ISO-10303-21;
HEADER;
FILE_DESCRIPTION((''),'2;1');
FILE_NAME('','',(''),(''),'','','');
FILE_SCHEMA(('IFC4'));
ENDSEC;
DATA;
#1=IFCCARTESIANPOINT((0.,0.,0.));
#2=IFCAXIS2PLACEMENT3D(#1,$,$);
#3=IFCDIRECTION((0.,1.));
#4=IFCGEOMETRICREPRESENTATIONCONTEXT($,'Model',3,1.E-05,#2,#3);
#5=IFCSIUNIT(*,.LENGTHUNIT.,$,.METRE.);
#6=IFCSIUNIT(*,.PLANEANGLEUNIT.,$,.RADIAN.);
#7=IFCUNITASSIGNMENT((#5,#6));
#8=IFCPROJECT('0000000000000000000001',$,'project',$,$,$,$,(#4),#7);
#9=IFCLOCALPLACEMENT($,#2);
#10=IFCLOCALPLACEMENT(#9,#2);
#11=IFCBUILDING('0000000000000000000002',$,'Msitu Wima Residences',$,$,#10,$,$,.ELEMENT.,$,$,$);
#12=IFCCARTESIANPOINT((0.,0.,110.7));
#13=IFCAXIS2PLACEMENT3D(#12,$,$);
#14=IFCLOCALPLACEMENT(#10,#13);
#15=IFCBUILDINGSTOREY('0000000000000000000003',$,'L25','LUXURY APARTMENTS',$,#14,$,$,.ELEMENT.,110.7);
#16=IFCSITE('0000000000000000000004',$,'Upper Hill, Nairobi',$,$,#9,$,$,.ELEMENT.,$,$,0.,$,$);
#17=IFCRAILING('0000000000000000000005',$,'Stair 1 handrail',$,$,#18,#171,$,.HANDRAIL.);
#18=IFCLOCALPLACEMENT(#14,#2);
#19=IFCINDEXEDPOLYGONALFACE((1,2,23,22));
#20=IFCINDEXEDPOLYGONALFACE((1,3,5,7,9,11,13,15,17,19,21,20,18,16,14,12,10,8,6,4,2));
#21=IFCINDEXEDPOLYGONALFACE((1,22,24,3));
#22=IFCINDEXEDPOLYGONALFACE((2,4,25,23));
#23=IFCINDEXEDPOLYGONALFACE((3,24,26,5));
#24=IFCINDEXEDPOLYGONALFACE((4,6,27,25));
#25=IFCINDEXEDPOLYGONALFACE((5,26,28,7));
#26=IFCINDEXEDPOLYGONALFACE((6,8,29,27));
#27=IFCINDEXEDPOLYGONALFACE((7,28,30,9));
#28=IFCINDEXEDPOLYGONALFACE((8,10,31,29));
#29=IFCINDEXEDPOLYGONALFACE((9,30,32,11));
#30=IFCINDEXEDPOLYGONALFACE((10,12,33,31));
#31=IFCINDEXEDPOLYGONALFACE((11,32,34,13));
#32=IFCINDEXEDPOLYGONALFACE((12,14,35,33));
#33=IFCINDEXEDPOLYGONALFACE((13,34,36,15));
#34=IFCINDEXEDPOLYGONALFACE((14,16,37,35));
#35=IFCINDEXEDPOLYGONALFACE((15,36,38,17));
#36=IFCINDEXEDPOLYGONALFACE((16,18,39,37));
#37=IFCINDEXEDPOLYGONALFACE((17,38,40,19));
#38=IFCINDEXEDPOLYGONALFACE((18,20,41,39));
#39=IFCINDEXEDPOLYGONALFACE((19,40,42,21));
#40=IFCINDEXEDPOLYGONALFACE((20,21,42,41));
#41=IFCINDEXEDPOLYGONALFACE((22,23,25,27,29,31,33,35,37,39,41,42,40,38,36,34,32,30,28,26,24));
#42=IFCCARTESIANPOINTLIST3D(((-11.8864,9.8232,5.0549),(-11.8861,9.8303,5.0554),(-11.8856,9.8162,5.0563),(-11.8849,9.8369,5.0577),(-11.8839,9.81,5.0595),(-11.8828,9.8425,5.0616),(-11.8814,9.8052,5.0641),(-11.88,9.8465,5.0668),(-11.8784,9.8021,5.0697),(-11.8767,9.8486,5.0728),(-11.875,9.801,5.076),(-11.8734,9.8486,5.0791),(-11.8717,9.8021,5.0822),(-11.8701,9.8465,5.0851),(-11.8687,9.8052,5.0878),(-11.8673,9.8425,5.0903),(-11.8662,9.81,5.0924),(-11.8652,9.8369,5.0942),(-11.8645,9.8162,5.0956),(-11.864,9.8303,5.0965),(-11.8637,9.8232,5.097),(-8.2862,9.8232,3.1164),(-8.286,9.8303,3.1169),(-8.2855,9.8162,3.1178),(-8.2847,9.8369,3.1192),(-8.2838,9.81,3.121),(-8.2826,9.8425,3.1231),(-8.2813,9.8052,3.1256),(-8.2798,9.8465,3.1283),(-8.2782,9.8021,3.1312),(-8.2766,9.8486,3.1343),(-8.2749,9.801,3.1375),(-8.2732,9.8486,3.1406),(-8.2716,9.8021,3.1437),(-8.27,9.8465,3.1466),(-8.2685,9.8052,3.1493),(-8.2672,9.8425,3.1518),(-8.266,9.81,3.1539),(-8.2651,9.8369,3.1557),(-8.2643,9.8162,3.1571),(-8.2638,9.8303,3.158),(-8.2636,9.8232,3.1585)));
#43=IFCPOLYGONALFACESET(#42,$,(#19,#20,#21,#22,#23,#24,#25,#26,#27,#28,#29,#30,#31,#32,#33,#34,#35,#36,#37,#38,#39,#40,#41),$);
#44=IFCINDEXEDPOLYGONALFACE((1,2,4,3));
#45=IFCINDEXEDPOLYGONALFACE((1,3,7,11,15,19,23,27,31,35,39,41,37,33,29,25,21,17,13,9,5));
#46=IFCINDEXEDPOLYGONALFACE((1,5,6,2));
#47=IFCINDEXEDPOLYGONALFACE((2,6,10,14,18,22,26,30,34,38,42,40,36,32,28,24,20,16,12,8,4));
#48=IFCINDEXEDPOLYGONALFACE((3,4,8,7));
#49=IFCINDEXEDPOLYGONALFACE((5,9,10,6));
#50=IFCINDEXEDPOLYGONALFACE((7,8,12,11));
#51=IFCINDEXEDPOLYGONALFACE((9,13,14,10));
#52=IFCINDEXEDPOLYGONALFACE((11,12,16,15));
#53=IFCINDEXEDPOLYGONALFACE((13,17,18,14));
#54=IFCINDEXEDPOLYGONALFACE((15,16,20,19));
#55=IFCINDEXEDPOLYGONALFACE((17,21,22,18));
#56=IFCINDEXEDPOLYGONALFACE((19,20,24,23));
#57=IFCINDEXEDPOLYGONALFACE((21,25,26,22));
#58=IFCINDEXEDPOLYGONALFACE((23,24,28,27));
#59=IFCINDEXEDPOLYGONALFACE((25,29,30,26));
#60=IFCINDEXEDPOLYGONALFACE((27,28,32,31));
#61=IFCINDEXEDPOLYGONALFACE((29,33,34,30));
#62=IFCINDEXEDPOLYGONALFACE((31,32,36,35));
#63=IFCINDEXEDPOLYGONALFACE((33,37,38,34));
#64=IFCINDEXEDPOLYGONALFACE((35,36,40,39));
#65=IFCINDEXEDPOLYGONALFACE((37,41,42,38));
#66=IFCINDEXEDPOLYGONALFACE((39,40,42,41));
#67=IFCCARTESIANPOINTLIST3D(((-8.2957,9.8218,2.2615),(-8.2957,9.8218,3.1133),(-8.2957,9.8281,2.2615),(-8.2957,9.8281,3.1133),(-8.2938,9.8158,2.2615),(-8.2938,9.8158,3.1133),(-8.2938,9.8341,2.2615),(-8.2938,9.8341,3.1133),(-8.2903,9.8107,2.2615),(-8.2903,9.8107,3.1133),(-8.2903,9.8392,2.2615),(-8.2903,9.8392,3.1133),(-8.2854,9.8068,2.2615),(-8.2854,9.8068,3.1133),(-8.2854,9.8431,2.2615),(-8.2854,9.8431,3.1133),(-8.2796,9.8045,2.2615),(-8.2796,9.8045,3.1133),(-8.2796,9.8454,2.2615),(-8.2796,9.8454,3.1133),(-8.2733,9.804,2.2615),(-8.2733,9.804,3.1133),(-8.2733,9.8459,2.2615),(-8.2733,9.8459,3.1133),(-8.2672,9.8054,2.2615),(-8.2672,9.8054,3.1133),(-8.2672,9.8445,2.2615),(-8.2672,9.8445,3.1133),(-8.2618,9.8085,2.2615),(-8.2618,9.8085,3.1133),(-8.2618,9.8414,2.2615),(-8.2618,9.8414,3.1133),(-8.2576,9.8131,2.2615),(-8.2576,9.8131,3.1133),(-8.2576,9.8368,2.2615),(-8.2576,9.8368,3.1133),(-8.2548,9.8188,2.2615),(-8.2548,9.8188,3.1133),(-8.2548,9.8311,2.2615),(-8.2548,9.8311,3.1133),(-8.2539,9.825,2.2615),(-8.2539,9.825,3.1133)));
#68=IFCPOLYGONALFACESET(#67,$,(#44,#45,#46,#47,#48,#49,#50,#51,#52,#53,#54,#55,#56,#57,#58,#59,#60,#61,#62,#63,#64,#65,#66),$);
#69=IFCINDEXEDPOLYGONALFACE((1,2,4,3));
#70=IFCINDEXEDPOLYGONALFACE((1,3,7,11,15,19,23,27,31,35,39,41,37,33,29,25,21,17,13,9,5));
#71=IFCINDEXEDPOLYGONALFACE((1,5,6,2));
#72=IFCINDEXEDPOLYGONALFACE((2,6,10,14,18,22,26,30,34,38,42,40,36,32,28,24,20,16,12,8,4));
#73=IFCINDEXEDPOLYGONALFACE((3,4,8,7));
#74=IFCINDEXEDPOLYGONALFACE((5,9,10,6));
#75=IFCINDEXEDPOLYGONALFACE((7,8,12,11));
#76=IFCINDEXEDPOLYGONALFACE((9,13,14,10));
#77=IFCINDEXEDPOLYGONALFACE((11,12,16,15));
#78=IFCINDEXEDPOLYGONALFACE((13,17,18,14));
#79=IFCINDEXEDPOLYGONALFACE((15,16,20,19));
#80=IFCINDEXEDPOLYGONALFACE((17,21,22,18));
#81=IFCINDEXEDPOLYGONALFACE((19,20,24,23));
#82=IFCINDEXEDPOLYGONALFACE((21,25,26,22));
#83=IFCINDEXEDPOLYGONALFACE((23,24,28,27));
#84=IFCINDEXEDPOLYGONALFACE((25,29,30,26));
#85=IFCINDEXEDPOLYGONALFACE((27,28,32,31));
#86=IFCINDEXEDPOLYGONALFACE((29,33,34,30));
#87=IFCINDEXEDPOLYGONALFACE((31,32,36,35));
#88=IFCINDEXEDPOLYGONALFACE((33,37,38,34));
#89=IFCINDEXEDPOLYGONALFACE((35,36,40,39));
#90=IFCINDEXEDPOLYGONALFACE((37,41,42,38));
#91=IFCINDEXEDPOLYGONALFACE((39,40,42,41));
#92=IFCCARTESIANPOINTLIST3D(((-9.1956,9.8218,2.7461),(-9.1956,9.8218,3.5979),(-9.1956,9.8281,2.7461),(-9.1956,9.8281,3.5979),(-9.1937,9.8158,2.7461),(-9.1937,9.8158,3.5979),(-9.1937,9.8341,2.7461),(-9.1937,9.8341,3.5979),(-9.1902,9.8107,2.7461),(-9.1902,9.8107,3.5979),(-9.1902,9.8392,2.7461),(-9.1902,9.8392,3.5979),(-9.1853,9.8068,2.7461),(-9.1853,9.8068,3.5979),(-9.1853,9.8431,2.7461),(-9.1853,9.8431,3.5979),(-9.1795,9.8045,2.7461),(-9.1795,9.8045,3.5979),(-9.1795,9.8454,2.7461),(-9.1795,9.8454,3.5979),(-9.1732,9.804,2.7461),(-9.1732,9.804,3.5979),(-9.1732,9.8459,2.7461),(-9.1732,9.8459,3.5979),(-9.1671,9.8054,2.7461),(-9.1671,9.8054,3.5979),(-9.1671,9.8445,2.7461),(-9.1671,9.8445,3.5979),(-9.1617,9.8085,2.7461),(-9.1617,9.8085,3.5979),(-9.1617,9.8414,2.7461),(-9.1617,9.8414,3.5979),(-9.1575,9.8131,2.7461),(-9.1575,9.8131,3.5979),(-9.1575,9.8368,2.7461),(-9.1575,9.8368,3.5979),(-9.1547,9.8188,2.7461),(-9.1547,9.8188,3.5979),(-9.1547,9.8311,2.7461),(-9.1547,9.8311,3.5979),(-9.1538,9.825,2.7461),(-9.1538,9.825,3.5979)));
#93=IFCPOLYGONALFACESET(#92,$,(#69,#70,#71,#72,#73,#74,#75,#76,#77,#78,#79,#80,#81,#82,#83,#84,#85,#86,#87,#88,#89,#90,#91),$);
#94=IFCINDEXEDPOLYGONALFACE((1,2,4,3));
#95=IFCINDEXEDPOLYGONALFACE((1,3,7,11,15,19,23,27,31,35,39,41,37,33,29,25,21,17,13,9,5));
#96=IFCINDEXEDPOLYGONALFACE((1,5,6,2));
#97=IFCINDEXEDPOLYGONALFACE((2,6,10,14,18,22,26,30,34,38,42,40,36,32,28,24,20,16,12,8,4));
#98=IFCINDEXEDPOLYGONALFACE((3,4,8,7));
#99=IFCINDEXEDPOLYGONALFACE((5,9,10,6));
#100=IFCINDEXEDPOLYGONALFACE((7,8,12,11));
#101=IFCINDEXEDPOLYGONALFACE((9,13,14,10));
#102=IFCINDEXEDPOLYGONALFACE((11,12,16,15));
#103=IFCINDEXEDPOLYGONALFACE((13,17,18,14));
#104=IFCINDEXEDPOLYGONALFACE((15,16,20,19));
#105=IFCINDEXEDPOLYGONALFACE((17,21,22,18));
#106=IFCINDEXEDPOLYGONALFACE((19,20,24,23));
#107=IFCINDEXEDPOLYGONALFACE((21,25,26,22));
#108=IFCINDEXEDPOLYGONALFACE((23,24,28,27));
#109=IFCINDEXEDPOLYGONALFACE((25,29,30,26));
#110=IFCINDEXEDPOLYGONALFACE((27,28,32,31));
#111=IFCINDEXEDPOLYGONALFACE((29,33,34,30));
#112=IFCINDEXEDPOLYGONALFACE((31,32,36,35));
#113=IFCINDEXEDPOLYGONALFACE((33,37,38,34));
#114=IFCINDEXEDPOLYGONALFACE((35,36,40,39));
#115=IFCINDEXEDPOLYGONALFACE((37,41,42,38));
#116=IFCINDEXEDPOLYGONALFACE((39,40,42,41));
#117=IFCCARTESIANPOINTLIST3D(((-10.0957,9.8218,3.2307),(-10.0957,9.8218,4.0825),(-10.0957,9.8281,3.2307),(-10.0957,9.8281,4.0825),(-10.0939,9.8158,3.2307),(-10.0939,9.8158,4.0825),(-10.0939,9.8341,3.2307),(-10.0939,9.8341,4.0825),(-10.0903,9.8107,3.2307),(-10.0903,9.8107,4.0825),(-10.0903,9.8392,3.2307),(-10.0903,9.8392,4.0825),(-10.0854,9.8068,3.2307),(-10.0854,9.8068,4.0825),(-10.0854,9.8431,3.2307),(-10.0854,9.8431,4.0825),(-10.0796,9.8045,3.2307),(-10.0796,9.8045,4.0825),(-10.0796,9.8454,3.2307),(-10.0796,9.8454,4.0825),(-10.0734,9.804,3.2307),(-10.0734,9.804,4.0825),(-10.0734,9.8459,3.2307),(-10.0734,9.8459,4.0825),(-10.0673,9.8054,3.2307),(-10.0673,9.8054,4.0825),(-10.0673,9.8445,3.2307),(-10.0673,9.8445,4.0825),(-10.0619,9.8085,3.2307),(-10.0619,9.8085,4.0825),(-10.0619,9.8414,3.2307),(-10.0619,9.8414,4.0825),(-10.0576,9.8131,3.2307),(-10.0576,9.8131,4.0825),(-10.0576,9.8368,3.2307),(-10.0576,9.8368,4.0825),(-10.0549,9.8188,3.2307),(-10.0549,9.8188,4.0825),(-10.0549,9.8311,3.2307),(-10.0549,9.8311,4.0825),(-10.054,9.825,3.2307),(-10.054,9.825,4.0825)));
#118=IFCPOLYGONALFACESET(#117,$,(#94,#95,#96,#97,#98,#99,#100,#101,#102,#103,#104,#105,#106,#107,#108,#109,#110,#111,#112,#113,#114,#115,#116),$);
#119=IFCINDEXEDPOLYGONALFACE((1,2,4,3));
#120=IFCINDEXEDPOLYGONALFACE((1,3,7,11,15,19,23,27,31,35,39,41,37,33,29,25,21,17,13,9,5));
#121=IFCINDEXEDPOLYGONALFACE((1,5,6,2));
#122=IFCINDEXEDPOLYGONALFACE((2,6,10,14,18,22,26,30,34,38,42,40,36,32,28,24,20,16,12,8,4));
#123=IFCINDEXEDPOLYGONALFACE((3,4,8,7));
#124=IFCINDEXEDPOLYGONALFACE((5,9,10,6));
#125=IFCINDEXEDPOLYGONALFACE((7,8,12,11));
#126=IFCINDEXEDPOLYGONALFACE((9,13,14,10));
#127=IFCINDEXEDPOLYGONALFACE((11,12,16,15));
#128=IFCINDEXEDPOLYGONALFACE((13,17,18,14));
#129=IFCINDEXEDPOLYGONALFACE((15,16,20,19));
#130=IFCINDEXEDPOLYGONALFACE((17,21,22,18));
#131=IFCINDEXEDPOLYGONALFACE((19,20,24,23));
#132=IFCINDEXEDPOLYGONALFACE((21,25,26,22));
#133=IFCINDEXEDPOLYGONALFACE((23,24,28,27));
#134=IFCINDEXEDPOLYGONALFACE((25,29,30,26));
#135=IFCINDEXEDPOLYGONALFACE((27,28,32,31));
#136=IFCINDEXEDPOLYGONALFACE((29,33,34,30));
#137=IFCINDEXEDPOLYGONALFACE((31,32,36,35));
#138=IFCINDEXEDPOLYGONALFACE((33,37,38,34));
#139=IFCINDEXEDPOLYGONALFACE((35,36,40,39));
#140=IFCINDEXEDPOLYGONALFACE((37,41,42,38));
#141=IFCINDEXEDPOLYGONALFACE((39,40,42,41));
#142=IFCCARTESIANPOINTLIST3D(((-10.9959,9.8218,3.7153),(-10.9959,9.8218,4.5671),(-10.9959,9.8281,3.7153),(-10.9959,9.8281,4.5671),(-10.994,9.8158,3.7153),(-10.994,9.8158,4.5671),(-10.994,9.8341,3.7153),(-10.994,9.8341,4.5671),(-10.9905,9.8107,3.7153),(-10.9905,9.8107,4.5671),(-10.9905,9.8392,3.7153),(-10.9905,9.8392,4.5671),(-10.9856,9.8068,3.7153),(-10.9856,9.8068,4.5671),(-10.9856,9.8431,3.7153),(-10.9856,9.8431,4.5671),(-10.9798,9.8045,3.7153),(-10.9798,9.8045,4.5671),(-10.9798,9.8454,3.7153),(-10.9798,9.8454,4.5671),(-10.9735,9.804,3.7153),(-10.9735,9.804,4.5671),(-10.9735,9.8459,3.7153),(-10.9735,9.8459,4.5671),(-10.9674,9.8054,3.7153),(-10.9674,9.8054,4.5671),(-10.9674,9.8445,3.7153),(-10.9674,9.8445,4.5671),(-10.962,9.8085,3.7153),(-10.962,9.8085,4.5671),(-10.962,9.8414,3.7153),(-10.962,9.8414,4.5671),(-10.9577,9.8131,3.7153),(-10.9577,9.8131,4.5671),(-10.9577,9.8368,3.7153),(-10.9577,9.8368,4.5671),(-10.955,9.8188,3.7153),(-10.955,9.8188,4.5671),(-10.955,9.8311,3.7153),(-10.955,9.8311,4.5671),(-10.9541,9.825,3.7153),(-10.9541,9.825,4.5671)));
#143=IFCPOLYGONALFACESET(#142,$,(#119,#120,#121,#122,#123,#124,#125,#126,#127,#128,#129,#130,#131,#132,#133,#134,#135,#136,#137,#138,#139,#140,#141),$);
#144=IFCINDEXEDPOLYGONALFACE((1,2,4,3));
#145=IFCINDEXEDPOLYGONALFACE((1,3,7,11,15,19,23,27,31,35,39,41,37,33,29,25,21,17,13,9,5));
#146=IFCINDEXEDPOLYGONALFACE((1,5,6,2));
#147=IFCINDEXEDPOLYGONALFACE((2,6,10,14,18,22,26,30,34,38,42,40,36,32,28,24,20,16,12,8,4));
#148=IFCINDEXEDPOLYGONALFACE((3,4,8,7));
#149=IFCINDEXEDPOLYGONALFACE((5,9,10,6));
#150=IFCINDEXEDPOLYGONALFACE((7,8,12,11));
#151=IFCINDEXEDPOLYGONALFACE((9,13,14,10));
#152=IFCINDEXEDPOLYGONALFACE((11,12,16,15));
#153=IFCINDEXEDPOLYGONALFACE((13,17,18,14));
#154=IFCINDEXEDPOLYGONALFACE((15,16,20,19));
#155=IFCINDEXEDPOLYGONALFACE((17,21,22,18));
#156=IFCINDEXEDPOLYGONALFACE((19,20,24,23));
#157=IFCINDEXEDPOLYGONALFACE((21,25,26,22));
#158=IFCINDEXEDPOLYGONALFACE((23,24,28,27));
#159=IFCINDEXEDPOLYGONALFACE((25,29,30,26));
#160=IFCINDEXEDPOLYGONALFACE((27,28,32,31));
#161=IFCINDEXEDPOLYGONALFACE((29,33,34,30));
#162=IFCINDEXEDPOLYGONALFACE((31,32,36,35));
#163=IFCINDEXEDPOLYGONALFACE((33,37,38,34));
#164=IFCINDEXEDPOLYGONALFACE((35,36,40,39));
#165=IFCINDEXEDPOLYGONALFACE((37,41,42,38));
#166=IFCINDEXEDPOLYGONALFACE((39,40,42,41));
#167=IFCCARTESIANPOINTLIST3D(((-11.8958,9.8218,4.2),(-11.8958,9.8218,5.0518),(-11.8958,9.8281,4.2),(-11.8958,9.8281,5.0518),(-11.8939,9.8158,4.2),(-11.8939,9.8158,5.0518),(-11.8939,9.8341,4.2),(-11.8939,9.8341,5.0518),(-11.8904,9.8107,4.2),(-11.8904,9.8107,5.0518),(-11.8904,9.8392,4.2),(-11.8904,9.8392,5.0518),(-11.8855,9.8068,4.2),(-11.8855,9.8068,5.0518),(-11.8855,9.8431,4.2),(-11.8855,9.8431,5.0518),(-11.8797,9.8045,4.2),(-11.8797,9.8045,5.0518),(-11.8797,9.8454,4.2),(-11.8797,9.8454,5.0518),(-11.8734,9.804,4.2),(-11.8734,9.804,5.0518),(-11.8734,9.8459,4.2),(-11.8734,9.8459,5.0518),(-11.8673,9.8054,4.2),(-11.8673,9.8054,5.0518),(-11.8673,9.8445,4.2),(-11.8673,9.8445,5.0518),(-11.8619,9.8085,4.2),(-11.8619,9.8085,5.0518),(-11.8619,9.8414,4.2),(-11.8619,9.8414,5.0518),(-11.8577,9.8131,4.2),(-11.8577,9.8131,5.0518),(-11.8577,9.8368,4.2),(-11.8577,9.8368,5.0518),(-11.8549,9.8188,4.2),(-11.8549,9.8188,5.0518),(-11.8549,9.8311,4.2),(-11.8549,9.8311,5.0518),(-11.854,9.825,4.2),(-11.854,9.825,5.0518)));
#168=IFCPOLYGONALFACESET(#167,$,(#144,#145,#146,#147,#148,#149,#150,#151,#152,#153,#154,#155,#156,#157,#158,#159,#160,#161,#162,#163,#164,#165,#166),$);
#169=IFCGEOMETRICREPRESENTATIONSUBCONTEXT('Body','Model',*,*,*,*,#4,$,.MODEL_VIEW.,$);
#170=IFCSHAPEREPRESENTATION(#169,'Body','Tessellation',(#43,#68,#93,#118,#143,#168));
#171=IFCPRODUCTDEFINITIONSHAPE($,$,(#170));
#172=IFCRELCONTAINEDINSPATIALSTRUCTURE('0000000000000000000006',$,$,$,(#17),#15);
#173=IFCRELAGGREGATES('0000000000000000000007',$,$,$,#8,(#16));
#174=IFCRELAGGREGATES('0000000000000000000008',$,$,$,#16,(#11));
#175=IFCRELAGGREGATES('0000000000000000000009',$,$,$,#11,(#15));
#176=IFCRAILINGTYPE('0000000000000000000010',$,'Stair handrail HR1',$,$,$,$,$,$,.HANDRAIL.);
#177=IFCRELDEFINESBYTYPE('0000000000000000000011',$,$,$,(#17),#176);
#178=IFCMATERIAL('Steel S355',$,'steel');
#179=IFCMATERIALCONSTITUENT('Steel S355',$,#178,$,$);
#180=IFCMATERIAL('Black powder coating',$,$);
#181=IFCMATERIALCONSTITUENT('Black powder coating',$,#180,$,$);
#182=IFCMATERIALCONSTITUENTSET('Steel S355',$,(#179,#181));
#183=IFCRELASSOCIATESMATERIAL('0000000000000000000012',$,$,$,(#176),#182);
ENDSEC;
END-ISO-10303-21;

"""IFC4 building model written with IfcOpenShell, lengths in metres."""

from ifc_helpers import new_model, si_unit, direction, frame, origin, origin_2d, place, context, subcontext, project, spatial, circle, extrude, material, constituent, constituent_set, type_object, element, save


model = new_model("IFC4")

# Units and contexts
model_context = context("Model", 3, precision=1e-05, world=origin(), true_north=direction((0.0, 1.0)))
body_context = subcontext(model_context, "Body", "Model", "MODEL_VIEW")
ifc_project = project(units=[si_unit("LENGTHUNIT", "METRE"), si_unit("PLANEANGLEUNIT", "RADIAN")], contexts=[model_context])

# Site, building, storey
site_placement = place(None, origin())
site = spatial("IfcSite", under=ifc_project, at=site_placement, Name="Upper Hill, Nairobi", CompositionType="ELEMENT", RefElevation=0.0)
building_placement = place(site_placement, origin())
building = spatial("IfcBuilding", under=site, at=building_placement, Name="Msitu Wima Residences", CompositionType="ELEMENT")
storey_placement = place(building_placement, frame((0.0, 0.0, 110.7)))
storey = spatial("IfcBuildingStorey", under=building, at=storey_placement, Name="L25", Description="LUXURY APARTMENTS", CompositionType="ELEMENT", Elevation=110.7)

# Railing
ifc_material_1 = material(Name="Steel S355", Category="steel")
ifc_constituent_1 = constituent(ifc_material_1, Name="Steel S355")
ifc_material_2 = material(Name="Black powder coating")
ifc_constituent_2 = constituent(ifc_material_2, Name="Black powder coating")
ifc_constituent_set = constituent_set(constituents=[ifc_constituent_1, ifc_constituent_2], Name="Steel S355")
railing_type = type_object("IfcRailingType", Name="Stair handrail HR1", PredefinedType="HANDRAIL", material=ifc_constituent_set)
railing_placement = place(storey_placement, frame((-8.2749, 9.825, 2.2615)))
element("IfcRailing", 1, at=railing_placement, inside=storey, type_object=railing_type, Name="Stair 1 handrail", PredefinedType="HANDRAIL", context=body_context, shape_type="SweptSolid", body=[
    extrude(circle(Radius=0.0239, at=origin_2d()), frame((0.0, 0.0, 0.876), z_axis=(-0.880475, 0.0, 0.474093), x_axis=(0.0, -1.0, 0.0)), (0.0, 0.0, 1.0), 4.0889),
    extrude(circle(Radius=0.021, at=origin_2d()), origin(), (0.0, 0.0, 1.0), 0.8518),
    extrude(circle(Radius=0.021, at=origin_2d()), frame((-0.8999, 0.0, 0.4846)), (0.0, 0.0, 1.0), 0.8518),
    extrude(circle(Radius=0.021, at=origin_2d()), frame((-1.8, 0.0, 0.9692)), (0.0, 0.0, 1.0), 0.8518),
    extrude(circle(Radius=0.021, at=origin_2d()), frame((-2.7002, 0.0, 1.4539)), (0.0, 0.0, 1.0), 0.8518),
    extrude(circle(Radius=0.021, at=origin_2d()), frame((-3.6001, 0.0, 1.9385)), (0.0, 0.0, 1.0), 0.8518),
])

save(model, "model.ifc")
